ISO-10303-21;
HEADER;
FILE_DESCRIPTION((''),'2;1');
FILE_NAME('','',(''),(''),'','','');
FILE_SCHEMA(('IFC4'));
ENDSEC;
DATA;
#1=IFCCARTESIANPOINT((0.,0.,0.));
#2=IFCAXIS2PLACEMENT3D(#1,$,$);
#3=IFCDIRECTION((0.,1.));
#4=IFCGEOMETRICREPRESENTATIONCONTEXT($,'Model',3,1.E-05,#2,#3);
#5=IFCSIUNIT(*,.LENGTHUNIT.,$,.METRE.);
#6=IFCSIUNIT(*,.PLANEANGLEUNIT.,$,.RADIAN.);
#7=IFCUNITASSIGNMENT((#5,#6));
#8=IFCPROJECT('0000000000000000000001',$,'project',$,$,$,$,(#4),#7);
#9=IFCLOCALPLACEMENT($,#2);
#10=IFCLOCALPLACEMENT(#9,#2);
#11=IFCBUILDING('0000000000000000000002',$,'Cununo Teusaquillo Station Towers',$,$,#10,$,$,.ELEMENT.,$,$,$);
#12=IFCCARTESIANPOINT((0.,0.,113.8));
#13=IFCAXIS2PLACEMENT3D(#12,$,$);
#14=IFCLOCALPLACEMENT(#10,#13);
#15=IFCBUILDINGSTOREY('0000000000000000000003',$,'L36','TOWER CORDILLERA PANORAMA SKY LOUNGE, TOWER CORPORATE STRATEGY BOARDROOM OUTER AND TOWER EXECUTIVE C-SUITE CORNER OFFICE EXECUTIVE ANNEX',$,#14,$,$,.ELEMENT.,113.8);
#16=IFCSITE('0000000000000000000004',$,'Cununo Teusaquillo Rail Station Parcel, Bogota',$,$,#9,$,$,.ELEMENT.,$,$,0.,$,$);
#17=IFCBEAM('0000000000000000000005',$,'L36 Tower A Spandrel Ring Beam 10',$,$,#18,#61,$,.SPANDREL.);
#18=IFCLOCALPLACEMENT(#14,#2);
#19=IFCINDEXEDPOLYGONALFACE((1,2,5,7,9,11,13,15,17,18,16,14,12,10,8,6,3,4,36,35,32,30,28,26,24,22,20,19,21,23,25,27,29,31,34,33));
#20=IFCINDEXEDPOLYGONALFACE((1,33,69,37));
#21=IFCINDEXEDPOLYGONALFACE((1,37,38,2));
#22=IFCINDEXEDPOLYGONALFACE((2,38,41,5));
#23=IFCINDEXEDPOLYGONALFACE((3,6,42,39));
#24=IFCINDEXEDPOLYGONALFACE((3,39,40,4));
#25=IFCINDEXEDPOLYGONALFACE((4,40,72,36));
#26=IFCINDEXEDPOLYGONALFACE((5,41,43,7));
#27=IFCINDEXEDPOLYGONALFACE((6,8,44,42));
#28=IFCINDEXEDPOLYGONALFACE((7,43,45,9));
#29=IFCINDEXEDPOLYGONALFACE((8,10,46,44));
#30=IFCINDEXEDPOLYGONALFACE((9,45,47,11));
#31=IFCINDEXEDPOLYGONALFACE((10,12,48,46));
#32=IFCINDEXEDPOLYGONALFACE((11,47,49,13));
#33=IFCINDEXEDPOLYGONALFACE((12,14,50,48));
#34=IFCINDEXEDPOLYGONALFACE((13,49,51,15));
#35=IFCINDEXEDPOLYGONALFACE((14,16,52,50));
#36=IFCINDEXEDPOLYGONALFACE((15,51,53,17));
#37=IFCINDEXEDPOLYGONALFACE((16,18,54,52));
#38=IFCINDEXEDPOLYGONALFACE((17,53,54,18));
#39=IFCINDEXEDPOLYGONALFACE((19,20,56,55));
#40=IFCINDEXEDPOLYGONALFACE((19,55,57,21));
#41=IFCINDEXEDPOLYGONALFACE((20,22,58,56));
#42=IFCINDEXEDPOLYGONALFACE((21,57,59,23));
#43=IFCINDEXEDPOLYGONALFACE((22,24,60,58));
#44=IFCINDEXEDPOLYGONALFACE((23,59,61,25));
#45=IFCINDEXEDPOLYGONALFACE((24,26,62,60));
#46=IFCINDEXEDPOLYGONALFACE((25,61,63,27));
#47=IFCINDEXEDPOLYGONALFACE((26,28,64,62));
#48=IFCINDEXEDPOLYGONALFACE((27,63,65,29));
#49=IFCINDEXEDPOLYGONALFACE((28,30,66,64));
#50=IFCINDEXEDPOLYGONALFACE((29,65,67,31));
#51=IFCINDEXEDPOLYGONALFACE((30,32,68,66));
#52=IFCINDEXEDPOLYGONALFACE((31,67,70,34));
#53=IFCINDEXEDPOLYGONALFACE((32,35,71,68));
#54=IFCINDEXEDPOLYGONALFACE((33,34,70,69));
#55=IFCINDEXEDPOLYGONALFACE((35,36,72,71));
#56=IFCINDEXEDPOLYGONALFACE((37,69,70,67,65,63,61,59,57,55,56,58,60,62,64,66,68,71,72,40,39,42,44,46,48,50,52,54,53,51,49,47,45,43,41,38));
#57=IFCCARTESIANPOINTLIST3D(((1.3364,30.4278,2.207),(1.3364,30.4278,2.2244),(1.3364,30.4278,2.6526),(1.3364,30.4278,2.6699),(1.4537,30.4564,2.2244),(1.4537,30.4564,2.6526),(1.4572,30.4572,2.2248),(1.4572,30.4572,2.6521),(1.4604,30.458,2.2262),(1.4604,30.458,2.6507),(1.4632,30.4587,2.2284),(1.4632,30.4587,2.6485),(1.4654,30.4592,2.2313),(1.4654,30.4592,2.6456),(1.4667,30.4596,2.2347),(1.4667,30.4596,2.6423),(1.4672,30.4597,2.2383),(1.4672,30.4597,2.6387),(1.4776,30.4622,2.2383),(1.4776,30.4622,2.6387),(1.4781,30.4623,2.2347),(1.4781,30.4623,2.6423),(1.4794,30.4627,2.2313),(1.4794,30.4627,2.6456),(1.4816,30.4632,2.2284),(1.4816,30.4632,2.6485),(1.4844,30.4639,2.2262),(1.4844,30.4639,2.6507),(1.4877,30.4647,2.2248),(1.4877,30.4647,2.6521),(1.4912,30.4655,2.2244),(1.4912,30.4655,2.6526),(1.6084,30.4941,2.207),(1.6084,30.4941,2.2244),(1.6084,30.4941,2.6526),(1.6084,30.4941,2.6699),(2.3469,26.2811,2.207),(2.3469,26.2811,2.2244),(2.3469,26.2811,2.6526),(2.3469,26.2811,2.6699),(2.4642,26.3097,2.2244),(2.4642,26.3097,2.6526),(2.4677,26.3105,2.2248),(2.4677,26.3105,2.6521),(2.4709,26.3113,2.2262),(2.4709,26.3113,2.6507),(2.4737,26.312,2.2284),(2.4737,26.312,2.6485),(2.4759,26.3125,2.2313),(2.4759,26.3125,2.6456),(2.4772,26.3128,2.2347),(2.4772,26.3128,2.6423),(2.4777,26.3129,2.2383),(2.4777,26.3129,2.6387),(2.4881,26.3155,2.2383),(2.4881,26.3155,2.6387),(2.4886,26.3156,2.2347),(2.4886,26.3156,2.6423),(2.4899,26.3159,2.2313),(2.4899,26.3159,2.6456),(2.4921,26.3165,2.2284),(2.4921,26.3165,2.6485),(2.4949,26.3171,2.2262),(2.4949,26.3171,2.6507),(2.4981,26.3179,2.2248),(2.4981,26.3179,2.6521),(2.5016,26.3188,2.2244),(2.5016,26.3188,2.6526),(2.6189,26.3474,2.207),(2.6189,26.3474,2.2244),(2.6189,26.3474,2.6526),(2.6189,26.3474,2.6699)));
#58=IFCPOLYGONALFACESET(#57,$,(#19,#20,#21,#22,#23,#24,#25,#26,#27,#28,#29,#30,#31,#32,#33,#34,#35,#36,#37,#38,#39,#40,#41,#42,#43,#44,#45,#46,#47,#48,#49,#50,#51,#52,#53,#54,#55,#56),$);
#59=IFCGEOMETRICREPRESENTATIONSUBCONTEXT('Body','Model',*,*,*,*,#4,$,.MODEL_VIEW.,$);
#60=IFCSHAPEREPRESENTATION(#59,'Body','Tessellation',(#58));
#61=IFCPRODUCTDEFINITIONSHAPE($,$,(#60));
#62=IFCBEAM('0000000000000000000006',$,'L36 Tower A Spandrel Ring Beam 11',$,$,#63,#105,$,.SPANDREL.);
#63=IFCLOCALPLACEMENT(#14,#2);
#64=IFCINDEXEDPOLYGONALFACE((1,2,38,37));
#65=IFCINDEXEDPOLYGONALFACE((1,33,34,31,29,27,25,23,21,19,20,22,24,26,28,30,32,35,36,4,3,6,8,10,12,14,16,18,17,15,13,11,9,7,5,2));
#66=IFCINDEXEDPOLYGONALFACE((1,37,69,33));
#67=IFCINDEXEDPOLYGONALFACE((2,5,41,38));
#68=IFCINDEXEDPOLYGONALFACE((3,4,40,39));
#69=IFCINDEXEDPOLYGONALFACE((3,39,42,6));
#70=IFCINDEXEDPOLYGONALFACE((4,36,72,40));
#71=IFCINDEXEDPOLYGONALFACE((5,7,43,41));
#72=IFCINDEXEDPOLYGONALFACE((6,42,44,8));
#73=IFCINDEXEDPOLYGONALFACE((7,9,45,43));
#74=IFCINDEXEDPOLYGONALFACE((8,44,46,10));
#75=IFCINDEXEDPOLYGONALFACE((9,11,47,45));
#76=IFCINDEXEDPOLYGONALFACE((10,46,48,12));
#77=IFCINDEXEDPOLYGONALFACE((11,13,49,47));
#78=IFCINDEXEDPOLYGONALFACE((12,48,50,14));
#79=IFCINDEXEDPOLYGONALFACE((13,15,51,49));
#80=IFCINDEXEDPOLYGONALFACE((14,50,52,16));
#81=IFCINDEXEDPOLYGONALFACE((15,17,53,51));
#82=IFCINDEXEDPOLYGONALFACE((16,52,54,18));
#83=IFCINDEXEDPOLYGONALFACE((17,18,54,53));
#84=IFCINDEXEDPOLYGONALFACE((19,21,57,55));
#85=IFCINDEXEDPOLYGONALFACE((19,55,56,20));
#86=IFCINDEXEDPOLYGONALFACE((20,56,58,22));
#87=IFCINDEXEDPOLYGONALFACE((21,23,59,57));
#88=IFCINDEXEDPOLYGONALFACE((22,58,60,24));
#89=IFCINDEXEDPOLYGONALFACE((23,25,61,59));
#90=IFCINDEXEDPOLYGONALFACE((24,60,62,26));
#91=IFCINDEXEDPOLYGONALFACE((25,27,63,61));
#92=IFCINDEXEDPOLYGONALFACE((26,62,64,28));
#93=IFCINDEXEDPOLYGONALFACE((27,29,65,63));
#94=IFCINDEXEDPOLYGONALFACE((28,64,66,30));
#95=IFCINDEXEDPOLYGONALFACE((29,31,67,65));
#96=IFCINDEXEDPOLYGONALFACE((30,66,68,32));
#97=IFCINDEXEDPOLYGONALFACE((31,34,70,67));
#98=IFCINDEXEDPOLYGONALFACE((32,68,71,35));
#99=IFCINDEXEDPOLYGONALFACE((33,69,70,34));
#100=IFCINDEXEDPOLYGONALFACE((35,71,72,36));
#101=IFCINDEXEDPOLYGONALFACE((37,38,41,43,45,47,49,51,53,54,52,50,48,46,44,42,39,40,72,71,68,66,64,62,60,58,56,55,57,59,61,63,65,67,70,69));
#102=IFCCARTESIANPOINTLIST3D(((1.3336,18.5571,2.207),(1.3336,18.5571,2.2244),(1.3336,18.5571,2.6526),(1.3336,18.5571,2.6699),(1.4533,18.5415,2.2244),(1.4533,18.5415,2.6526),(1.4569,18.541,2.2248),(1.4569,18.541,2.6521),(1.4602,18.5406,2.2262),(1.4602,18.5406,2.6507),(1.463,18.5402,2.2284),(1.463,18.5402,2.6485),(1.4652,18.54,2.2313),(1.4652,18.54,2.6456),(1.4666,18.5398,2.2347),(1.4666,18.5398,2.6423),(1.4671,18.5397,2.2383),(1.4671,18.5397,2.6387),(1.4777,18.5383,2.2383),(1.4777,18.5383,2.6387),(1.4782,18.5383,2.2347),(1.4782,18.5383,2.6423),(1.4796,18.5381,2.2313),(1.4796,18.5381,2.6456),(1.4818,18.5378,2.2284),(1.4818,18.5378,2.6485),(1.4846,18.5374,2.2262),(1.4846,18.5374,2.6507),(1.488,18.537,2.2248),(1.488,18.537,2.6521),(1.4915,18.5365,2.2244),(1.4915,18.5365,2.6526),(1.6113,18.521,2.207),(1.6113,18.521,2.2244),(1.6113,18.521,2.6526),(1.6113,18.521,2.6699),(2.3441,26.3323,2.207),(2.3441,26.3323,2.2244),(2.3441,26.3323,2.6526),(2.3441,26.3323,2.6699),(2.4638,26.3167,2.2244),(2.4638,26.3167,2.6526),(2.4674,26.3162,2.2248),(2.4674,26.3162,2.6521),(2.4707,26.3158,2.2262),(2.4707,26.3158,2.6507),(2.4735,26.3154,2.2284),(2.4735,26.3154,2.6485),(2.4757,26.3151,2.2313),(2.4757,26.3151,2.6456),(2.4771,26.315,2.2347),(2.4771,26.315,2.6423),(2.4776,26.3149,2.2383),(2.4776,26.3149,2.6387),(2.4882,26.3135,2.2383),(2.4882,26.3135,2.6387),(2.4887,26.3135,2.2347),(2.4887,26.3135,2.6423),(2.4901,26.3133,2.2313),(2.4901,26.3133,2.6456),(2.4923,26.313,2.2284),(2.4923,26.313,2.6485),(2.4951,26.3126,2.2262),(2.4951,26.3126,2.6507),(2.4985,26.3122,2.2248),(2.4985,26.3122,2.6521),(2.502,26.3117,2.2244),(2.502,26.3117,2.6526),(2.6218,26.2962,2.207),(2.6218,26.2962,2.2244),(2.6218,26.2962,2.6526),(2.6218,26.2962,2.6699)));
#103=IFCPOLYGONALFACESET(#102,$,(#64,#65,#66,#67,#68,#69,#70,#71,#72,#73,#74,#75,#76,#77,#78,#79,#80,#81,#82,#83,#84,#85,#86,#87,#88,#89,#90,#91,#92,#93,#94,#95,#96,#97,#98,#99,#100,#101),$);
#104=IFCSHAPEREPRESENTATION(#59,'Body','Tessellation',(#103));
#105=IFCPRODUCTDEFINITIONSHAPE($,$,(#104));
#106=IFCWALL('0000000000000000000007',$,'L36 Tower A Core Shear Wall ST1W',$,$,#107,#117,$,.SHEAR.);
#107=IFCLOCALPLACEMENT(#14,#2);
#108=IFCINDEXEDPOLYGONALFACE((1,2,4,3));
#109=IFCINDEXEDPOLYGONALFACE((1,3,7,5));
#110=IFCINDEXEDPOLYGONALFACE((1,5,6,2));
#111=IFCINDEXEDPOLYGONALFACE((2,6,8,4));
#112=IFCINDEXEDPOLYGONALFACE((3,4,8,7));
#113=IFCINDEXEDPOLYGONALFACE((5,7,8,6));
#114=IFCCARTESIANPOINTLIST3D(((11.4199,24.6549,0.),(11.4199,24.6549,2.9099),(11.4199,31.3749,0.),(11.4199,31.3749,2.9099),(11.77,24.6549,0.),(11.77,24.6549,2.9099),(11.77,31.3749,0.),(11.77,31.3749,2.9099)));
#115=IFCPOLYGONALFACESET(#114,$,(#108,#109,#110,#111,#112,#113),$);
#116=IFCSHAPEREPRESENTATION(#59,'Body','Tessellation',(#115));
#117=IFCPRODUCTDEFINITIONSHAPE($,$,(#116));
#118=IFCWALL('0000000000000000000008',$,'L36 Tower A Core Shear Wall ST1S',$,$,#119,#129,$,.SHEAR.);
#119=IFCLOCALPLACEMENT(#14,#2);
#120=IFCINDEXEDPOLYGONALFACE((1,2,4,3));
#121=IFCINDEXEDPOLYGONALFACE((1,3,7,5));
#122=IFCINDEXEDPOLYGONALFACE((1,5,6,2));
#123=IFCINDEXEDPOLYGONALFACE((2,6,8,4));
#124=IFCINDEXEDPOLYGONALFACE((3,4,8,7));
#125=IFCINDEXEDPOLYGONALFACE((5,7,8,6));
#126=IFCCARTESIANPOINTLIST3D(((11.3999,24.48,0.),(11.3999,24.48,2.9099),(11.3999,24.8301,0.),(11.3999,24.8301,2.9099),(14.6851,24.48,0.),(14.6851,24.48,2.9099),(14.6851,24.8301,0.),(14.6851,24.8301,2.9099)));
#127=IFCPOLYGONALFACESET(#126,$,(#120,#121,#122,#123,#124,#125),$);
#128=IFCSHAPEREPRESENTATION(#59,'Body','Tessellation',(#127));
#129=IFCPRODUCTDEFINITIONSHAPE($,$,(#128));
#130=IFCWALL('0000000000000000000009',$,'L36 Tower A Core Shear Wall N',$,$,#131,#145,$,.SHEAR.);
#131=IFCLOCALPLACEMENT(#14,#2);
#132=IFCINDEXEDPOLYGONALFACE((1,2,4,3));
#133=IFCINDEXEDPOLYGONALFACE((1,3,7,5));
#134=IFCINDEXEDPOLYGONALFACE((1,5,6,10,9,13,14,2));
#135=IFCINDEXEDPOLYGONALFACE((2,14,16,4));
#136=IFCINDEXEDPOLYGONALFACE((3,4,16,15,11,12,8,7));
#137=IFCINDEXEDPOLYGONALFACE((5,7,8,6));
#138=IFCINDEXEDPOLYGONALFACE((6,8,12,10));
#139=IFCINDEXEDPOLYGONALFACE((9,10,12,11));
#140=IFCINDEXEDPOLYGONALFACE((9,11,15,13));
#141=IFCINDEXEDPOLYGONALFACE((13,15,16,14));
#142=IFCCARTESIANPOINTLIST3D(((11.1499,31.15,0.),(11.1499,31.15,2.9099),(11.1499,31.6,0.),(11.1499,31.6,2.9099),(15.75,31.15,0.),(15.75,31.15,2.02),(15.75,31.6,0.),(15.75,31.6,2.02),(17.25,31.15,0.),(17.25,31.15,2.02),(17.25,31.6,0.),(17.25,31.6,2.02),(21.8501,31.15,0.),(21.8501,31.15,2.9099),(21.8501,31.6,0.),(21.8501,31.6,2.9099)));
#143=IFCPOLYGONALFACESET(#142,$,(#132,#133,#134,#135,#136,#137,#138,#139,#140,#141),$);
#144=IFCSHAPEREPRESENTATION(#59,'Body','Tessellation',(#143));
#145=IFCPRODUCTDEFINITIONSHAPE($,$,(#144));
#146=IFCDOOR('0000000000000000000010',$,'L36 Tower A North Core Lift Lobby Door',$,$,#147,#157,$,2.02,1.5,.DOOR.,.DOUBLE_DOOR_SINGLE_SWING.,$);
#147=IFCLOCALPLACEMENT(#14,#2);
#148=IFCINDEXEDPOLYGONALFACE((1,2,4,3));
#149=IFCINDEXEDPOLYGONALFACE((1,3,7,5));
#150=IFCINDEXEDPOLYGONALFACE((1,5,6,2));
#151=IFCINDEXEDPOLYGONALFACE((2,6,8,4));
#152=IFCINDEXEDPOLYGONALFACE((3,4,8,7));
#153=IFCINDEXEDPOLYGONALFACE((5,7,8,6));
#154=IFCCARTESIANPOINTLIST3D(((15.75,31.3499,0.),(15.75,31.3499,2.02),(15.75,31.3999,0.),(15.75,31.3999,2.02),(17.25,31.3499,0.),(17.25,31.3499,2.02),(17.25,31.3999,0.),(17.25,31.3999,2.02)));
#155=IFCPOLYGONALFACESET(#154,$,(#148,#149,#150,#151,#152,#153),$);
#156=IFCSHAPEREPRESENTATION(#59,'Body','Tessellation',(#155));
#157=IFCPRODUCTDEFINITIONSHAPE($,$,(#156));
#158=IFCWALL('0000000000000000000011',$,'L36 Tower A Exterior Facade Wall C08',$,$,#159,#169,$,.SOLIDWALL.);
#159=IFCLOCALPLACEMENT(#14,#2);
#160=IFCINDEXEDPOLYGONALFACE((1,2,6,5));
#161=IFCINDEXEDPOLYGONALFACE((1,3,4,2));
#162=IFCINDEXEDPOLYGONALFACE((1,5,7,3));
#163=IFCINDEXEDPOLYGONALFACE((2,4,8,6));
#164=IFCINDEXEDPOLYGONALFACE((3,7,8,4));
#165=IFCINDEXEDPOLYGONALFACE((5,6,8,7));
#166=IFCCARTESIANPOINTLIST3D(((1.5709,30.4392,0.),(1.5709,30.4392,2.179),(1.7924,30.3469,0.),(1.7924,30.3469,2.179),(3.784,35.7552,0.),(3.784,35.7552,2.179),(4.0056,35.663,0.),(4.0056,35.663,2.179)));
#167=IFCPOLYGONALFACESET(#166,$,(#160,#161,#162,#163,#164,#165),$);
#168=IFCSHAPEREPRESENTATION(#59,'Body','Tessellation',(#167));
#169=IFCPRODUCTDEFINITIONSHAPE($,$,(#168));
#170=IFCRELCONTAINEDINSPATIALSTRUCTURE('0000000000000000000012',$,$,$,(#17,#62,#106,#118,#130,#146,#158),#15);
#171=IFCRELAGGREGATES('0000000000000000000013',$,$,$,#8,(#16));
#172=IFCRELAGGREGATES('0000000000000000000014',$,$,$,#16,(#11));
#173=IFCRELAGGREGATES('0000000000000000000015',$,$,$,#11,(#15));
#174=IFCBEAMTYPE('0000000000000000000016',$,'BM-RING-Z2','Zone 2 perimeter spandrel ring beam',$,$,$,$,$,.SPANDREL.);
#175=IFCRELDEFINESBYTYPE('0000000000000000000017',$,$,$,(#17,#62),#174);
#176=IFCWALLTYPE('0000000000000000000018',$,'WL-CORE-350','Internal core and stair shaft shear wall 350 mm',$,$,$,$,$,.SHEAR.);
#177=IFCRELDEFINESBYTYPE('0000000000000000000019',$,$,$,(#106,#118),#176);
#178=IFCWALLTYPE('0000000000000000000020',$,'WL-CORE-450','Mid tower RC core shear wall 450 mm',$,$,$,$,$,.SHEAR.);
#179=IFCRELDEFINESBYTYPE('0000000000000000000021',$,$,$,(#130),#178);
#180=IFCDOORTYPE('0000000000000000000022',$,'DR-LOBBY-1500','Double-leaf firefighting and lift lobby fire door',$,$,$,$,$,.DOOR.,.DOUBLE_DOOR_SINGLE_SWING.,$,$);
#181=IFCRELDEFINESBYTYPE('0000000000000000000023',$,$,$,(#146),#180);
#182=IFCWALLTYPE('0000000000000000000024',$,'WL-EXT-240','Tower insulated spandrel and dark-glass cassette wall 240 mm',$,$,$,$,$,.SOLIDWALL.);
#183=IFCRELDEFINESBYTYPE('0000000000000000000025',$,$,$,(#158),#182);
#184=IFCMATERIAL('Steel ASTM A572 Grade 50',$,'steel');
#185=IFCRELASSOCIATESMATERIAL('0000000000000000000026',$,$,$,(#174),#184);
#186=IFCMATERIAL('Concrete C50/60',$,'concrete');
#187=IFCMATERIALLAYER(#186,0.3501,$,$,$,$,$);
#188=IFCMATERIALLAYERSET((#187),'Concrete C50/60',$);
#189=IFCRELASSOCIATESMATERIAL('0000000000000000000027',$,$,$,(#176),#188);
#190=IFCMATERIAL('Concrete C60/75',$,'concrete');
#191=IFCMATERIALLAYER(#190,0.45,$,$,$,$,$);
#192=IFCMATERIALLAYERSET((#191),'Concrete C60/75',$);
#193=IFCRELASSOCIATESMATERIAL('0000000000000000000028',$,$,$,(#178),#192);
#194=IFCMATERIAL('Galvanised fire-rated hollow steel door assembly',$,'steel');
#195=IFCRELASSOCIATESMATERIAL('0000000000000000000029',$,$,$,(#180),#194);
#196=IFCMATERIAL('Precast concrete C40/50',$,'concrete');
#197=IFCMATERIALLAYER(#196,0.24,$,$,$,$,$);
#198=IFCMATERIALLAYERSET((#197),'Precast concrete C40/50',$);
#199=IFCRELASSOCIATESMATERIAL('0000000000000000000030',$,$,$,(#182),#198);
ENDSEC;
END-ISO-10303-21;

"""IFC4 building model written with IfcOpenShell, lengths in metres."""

from ifc_helpers import new_model, si_unit, direction, frame, frame_2d, origin, origin_2d, place, context, subcontext, project, spatial, rectangle, i_section, extrude, source, transform, mapped, material, layer, layer_set, material_profile, profile_set, type_object, element, fill, save


model = new_model("IFC4")

# Units and contexts
model_context = context("Model", 3, precision=1e-05, world=origin(), true_north=direction((0.0, 1.0)))
body_context = subcontext(model_context, "Body", "Model", "MODEL_VIEW")
ifc_project = project(units=[si_unit("LENGTHUNIT", "METRE"), si_unit("PLANEANGLEUNIT", "RADIAN")], contexts=[model_context])

# Site, building, storey
site_placement = place(None, origin())
site = spatial("IfcSite", under=ifc_project, at=site_placement, Name="Cununo Teusaquillo Rail Station Parcel, Bogota", CompositionType="ELEMENT", RefElevation=0.0)
building_placement = place(site_placement, origin())
building = spatial("IfcBuilding", under=site, at=building_placement, Name="Cununo Teusaquillo Station Towers", CompositionType="ELEMENT")
storey_placement = place(building_placement, frame((0.0, 0.0, 113.8)))
storey = spatial("IfcBuildingStorey", under=building, at=storey_placement, Name="L36", Description="TOWER CORDILLERA PANORAMA SKY LOUNGE, TOWER CORPORATE STRATEGY BOARDROOM OUTER AND TOWER EXECUTIVE C-SUITE CORNER OFFICE EXECUTIVE ANNEX", CompositionType="ELEMENT", Elevation=113.8)

# Beams
ifc_material_1 = material(Name="Steel ASTM A572 Grade 50", Category="steel")
ifc_material_profile_1 = material_profile(ifc_material_1, i_section(OverallWidth=0.28, OverallDepth=0.4629, WebThickness=0.0107, FlangeThickness=0.0173, FilletRadius=0.0139, at=origin_2d()), Name="W18X76")
ifc_profile_set_1 = profile_set([ifc_material_profile_1], Name="Steel ASTM A572 Grade 50")
beam_type_1 = type_object("IfcBeamType", Name="BM-RING-Z2", Description="Zone 2 perimeter spandrel ring beam", PredefinedType="SPANDREL", material=ifc_profile_set_1)
beam_1_placement = place(storey_placement, frame((1.4724, 30.4609, 2.4385), z_axis=(0.236757, -0.971569, 0.0), x_axis=(0.971569, 0.236757, 0.0)))
element("IfcBeam", 1, at=beam_1_placement, inside=storey, type_object=beam_type_1, Name="L36 Tower A Spandrel Ring Beam 10", PredefinedType="SPANDREL", context=body_context, shape_type="SweptSolid", body=[
    extrude(i_section(OverallWidth=0.28, OverallDepth=0.4629, WebThickness=0.0107, FlangeThickness=0.0173, FilletRadius=0.0139, at=origin_2d()), origin(), (0.0, 0.0, 1.0), 4.2681),
])
beam_2_placement = place(storey_placement, frame((2.4829, 26.3142, 2.4385), z_axis=(-0.128881, -0.99166, 0.0), x_axis=(0.99166, -0.128881, 0.0)))
element("IfcBeam", 2, at=beam_2_placement, inside=storey, type_object=beam_type_1, Name="L36 Tower A Spandrel Ring Beam 11", PredefinedType="SPANDREL", context=body_context, shape_type="SweptSolid", body=[
    extrude(i_section(OverallWidth=0.28, OverallDepth=0.4629, WebThickness=0.0107, FlangeThickness=0.0173, FilletRadius=0.0139, at=origin_2d()), origin(), (0.0, 0.0, 1.0), 7.8406),
])

# Walls
ifc_material_2 = material(Name="Concrete C50/60", Category="concrete")
ifc_layer_1 = layer(ifc_material_2, 0.3501)
ifc_layer_set_1 = layer_set([ifc_layer_1], Name="Concrete C50/60")
wall_type_1 = type_object("IfcWallType", Name="WL-CORE-350", Description="Internal core and stair shaft shear wall 350 mm", PredefinedType="SHEAR", material=ifc_layer_set_1)
wall_1_placement = place(storey_placement, frame((11.595, 24.655, 0.0), z_axis=(0.0, 0.0, 1.0), x_axis=(0.0, 1.0, 0.0)))
element("IfcWall", 3, at=wall_1_placement, inside=storey, type_object=wall_type_1, Name="L36 Tower A Core Shear Wall ST1W", PredefinedType="SHEAR", context=body_context, shape_type="SweptSolid", body=[
    extrude(rectangle(XDim=6.72, YDim=0.3501, at=frame_2d((3.3599, 0.0))), origin(), (0.0, 0.0, 1.0), 2.9099),
])
wall_2_placement = place(storey_placement, frame((11.3999, 24.655, 0.0), z_axis=(0.0, 0.0, 1.0), x_axis=(1.0, 0.0, 0.0)))
element("IfcWall", 4, at=wall_2_placement, inside=storey, type_object=wall_type_1, Name="L36 Tower A Core Shear Wall ST1S", PredefinedType="SHEAR", context=body_context, shape_type="SweptSolid", body=[
    extrude(rectangle(XDim=3.2852, YDim=0.3501, at=frame_2d((1.6426, 0.0))), origin(), (0.0, 0.0, 1.0), 2.9099),
])

# Wall, opening, door
ifc_material_3 = material(Name="Concrete C60/75", Category="concrete")
ifc_layer_2 = layer(ifc_material_3, 0.45)
ifc_layer_set_2 = layer_set([ifc_layer_2], Name="Concrete C60/75")
wall_type_2 = type_object("IfcWallType", Name="WL-CORE-450", Description="Mid tower RC core shear wall 450 mm", PredefinedType="SHEAR", material=ifc_layer_set_2)
wall_3_placement = place(storey_placement, frame((11.1499, 31.375, 0.0), z_axis=(0.0, 0.0, 1.0), x_axis=(1.0, 0.0, 0.0)))
wall_3 = element("IfcWall", 5, at=wall_3_placement, inside=storey, type_object=wall_type_2, Name="L36 Tower A Core Shear Wall N", PredefinedType="SHEAR", context=body_context, shape_type="SweptSolid", body=[
    extrude(rectangle(XDim=10.7002, YDim=0.45, at=frame_2d((5.3501, 0.0))), origin(), (0.0, 0.0, 1.0), 2.9099),
])
shared_shape_1 = source(origin(), body_context, "Body", "SweptSolid", [
    extrude(rectangle(XDim=1.5, YDim=2.02, at=frame_2d((0.75, 1.01))), frame((0.0, 0.2349, 0.0), z_axis=(0.0, -1.0, 0.0), x_axis=(1.0, 0.0, 0.0)), (0.0, 0.0, 1.0), 0.47),
])
opening_1_placement = place(wall_3_placement, frame((4.6001, 0.0, 0.0)))
opening_1 = element("IfcOpeningElement", 6, at=opening_1_placement, cuts=wall_3, PredefinedType="OPENING", context=body_context, shape_type="MappedRepresentation", body=[
    mapped(shared_shape_1, transform((0.0, 0.0, 0.0), x_axis=(1.0, 0.0, 0.0), y_axis=(0.0, 1.0, 0.0), z_axis=(0.0, 0.0, 1.0), scale=1.0)),
])
ifc_material_4 = material(Name="Galvanised fire-rated hollow steel door assembly", Category="steel")
door_type_1 = type_object("IfcDoorType", Name="DR-LOBBY-1500", Description="Double-leaf firefighting and lift lobby fire door", OperationType="DOUBLE_DOOR_SINGLE_SWING", PredefinedType="DOOR", material=ifc_material_4)
shared_shape_2 = source(origin(), body_context, "Body", "SweptSolid", [
    extrude(rectangle(XDim=1.5, YDim=2.02, at=frame_2d((0.75, 1.01))), frame((0.0, 0.0249, 0.0), z_axis=(0.0, -1.0, 0.0), x_axis=(1.0, 0.0, 0.0)), (0.0, 0.0, 1.0), 0.05),
])
door_1_placement = place(opening_1_placement, origin())
door_1 = element("IfcDoor", 7, at=door_1_placement, inside=storey, type_object=door_type_1, Name="L36 Tower A North Core Lift Lobby Door", OperationType="DOUBLE_DOOR_SINGLE_SWING", OverallHeight=2.02, OverallWidth=1.5, PredefinedType="DOOR", context=body_context, shape_type="MappedRepresentation", body=[
    mapped(shared_shape_2, transform((0.0, 0.0, 0.0), x_axis=(1.0, 0.0, 0.0), y_axis=(0.0, 1.0, 0.0), z_axis=(0.0, 0.0, 1.0), scale=1.0)),
])
fill(opening_1, door_1)

# Wall
ifc_material_5 = material(Name="Precast concrete C40/50", Category="concrete")
ifc_layer_3 = layer(ifc_material_5, 0.24)
ifc_layer_set_3 = layer_set([ifc_layer_3], Name="Precast concrete C40/50")
wall_type_3 = type_object("IfcWallType", Name="WL-EXT-240", Description="Tower insulated spandrel and dark-glass cassette wall 240 mm", PredefinedType="SOLIDWALL", material=ifc_layer_set_3)
wall_4_placement = place(storey_placement, frame((1.6816, 30.3931, 0.0), z_axis=(0.0, 0.0, 1.0), x_axis=(0.384344, 0.92319, 0.0)))
element("IfcWall", 8, at=wall_4_placement, inside=storey, type_object=wall_type_3, Name="L36 Tower A Exterior Facade Wall C08", PredefinedType="SOLIDWALL", context=body_context, shape_type="SweptSolid", body=[
    extrude(rectangle(XDim=5.7583, YDim=0.24, at=frame_2d((2.8792, 0.0))), origin(), (0.0, 0.0, 1.0), 2.179),
])

save(model, "model.ifc")
